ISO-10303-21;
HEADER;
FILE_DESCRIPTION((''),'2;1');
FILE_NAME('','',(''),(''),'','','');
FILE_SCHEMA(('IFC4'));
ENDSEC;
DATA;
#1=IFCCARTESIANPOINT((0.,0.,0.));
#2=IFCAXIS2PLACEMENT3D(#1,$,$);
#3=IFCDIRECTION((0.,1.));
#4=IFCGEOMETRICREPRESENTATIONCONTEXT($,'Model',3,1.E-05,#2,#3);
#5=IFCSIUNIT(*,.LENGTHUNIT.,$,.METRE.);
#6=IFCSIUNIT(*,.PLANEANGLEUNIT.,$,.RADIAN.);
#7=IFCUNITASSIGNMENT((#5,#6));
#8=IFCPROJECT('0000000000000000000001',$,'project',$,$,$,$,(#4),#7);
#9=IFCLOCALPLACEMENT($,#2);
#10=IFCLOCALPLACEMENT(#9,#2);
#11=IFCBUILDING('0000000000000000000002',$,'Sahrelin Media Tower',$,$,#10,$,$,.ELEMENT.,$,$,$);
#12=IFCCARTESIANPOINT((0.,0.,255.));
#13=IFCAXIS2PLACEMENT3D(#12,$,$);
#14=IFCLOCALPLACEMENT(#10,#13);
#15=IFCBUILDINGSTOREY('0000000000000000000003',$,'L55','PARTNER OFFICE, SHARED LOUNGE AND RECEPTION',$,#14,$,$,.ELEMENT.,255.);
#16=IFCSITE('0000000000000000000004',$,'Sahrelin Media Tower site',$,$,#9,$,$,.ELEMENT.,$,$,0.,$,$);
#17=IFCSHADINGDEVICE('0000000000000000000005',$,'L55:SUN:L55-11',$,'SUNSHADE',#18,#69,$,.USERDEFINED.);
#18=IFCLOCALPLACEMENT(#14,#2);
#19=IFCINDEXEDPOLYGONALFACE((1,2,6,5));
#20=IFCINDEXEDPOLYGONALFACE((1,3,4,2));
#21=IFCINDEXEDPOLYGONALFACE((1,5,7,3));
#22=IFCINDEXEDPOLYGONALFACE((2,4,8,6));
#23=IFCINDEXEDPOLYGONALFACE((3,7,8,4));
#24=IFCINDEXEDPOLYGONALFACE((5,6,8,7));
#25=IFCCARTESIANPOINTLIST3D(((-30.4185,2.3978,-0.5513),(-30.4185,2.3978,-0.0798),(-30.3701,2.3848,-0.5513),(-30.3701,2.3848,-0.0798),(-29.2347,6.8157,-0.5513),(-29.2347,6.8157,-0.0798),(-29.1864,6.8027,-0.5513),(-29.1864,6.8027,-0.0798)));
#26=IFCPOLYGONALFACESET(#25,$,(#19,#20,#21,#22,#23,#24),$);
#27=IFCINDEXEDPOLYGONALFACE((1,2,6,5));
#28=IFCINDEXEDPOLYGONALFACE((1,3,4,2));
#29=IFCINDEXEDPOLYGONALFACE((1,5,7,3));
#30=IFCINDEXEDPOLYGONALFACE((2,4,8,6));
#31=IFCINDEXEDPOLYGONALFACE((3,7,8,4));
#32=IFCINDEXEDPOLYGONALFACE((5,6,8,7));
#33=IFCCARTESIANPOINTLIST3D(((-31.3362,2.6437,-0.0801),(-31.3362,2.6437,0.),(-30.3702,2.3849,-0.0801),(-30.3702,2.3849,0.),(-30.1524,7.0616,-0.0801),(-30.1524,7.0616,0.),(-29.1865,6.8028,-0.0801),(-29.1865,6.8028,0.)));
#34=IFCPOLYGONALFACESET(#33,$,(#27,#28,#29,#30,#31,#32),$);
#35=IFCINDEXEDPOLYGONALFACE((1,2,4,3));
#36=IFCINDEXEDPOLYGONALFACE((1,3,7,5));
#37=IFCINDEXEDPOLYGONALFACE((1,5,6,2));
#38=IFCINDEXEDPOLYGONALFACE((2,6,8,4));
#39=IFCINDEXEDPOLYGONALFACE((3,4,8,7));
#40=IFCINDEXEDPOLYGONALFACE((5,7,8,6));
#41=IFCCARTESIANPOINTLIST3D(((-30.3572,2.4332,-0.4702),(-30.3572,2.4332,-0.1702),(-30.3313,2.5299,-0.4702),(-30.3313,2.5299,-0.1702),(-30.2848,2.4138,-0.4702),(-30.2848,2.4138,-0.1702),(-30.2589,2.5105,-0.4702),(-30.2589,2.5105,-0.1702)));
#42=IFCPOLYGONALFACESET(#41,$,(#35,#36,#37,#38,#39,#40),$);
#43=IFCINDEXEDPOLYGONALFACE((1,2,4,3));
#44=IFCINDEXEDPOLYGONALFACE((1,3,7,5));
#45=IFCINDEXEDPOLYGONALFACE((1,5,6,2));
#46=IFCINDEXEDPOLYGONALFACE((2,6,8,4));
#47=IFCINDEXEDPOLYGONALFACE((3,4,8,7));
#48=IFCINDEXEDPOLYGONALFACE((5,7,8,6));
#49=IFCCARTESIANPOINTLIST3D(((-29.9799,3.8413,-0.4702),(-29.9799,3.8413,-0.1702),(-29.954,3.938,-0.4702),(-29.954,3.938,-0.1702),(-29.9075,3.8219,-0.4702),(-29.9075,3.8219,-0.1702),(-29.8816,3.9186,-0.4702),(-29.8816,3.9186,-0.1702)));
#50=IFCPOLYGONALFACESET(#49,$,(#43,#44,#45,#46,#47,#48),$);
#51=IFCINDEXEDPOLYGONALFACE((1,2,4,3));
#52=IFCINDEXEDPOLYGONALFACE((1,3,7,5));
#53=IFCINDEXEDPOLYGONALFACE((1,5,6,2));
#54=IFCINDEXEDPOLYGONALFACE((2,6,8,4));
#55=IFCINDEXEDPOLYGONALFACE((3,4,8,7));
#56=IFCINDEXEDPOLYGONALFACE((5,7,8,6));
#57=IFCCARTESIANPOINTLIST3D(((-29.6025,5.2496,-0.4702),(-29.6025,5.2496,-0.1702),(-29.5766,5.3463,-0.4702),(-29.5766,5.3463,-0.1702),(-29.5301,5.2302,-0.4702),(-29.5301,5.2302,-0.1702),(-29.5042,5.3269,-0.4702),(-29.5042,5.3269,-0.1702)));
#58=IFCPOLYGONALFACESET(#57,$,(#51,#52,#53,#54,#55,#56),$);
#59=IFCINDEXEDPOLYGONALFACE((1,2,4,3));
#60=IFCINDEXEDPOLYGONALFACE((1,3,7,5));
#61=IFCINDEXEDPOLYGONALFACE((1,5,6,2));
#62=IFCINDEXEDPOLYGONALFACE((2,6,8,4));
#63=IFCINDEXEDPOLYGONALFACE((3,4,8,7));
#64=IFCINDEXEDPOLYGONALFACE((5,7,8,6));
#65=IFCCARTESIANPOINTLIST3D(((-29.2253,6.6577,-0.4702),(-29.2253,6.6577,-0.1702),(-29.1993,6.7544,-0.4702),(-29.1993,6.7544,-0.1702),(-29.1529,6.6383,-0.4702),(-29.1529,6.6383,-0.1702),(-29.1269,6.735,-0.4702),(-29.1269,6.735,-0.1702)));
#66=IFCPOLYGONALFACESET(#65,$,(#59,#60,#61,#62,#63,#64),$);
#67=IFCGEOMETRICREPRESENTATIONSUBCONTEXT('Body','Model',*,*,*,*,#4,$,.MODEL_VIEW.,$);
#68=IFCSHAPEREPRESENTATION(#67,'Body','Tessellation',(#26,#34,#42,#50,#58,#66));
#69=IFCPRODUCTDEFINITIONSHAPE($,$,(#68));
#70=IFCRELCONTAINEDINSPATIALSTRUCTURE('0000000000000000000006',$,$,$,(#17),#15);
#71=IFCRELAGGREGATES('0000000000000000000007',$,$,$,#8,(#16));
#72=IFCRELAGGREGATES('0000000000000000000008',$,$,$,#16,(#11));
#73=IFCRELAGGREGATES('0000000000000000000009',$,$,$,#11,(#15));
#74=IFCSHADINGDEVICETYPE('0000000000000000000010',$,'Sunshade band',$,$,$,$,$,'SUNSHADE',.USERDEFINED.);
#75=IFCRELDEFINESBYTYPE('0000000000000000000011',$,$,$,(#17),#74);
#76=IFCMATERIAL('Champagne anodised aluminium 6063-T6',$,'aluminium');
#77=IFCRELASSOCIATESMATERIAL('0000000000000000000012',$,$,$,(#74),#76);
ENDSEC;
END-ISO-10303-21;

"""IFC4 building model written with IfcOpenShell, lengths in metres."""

from ifc_helpers import new_model, si_unit, direction, frame, origin, origin_2d, place, context, subcontext, project, spatial, rectangle, extrude, material, type_object, element, save


model = new_model("IFC4")

# Units and contexts
model_context = context("Model", 3, precision=1e-05, world=origin(), true_north=direction((0.0, 1.0)))
body_context = subcontext(model_context, "Body", "Model", "MODEL_VIEW")
ifc_project = project(units=[si_unit("LENGTHUNIT", "METRE"), si_unit("PLANEANGLEUNIT", "RADIAN")], contexts=[model_context])

# Site, building, storey
site_placement = place(None, origin())
site = spatial("IfcSite", under=ifc_project, at=site_placement, Name="Sahrelin Media Tower site", CompositionType="ELEMENT", RefElevation=0.0)
building_placement = place(site_placement, origin())
building = spatial("IfcBuilding", under=site, at=building_placement, Name="Sahrelin Media Tower", CompositionType="ELEMENT")
storey_placement = place(building_placement, frame((0.0, 0.0, 255.0)))
storey = spatial("IfcBuildingStorey", under=building, at=storey_placement, Name="L55", Description="PARTNER OFFICE, SHARED LOUNGE AND RECEPTION", CompositionType="ELEMENT", Elevation=255.0)

# Shared definitions
ifc_material_1 = material(Name="Champagne anodised aluminium 6063-T6", Category="aluminium")

# Shading device
placement_1 = place(storey_placement, frame((-29.759, 4.5886, 0.0), z_axis=(0.0, 0.0, 1.0), x_axis=(0.258808, 0.965929, 0.0)))
shading_device_type_1 = type_object("IfcShadingDeviceType", Name="Sunshade band", ElementType="SUNSHADE", PredefinedType="USERDEFINED", material=ifc_material_1)
element("IfcShadingDevice", 1, at=placement_1, inside=storey, type_object=shading_device_type_1, Name="L55:SUN:L55-11", ObjectType="SUNSHADE", PredefinedType="USERDEFINED", context=body_context, shape_type="SweptSolid", body=[
    extrude(rectangle(XDim=4.5737, YDim=0.05, at=origin_2d()), frame((0.0, 0.0449, -0.5513)), (0.0, 0.0, 1.0), 0.4714),
    extrude(rectangle(XDim=4.5737, YDim=1.0, at=origin_2d()), frame((0.0, 0.52, -0.0801)), (0.0, 0.0, 1.0), 0.0801),
    extrude(rectangle(XDim=0.1001, YDim=0.075, at=origin_2d()), frame((-2.1868, -0.0176, -0.4702)), (0.0, 0.0, 1.0), 0.3),
    extrude(rectangle(XDim=0.1001, YDim=0.075, at=origin_2d()), frame((-0.729, -0.0176, -0.4702)), (0.0, 0.0, 1.0), 0.3),
    extrude(rectangle(XDim=0.1001, YDim=0.075, at=origin_2d()), frame((0.729, -0.0176, -0.4702)), (0.0, 0.0, 1.0), 0.3),
    extrude(rectangle(XDim=0.1001, YDim=0.075, at=origin_2d()), frame((2.1868, -0.0176, -0.4702)), (0.0, 0.0, 1.0), 0.3),
])

save(model, "model.ifc")
